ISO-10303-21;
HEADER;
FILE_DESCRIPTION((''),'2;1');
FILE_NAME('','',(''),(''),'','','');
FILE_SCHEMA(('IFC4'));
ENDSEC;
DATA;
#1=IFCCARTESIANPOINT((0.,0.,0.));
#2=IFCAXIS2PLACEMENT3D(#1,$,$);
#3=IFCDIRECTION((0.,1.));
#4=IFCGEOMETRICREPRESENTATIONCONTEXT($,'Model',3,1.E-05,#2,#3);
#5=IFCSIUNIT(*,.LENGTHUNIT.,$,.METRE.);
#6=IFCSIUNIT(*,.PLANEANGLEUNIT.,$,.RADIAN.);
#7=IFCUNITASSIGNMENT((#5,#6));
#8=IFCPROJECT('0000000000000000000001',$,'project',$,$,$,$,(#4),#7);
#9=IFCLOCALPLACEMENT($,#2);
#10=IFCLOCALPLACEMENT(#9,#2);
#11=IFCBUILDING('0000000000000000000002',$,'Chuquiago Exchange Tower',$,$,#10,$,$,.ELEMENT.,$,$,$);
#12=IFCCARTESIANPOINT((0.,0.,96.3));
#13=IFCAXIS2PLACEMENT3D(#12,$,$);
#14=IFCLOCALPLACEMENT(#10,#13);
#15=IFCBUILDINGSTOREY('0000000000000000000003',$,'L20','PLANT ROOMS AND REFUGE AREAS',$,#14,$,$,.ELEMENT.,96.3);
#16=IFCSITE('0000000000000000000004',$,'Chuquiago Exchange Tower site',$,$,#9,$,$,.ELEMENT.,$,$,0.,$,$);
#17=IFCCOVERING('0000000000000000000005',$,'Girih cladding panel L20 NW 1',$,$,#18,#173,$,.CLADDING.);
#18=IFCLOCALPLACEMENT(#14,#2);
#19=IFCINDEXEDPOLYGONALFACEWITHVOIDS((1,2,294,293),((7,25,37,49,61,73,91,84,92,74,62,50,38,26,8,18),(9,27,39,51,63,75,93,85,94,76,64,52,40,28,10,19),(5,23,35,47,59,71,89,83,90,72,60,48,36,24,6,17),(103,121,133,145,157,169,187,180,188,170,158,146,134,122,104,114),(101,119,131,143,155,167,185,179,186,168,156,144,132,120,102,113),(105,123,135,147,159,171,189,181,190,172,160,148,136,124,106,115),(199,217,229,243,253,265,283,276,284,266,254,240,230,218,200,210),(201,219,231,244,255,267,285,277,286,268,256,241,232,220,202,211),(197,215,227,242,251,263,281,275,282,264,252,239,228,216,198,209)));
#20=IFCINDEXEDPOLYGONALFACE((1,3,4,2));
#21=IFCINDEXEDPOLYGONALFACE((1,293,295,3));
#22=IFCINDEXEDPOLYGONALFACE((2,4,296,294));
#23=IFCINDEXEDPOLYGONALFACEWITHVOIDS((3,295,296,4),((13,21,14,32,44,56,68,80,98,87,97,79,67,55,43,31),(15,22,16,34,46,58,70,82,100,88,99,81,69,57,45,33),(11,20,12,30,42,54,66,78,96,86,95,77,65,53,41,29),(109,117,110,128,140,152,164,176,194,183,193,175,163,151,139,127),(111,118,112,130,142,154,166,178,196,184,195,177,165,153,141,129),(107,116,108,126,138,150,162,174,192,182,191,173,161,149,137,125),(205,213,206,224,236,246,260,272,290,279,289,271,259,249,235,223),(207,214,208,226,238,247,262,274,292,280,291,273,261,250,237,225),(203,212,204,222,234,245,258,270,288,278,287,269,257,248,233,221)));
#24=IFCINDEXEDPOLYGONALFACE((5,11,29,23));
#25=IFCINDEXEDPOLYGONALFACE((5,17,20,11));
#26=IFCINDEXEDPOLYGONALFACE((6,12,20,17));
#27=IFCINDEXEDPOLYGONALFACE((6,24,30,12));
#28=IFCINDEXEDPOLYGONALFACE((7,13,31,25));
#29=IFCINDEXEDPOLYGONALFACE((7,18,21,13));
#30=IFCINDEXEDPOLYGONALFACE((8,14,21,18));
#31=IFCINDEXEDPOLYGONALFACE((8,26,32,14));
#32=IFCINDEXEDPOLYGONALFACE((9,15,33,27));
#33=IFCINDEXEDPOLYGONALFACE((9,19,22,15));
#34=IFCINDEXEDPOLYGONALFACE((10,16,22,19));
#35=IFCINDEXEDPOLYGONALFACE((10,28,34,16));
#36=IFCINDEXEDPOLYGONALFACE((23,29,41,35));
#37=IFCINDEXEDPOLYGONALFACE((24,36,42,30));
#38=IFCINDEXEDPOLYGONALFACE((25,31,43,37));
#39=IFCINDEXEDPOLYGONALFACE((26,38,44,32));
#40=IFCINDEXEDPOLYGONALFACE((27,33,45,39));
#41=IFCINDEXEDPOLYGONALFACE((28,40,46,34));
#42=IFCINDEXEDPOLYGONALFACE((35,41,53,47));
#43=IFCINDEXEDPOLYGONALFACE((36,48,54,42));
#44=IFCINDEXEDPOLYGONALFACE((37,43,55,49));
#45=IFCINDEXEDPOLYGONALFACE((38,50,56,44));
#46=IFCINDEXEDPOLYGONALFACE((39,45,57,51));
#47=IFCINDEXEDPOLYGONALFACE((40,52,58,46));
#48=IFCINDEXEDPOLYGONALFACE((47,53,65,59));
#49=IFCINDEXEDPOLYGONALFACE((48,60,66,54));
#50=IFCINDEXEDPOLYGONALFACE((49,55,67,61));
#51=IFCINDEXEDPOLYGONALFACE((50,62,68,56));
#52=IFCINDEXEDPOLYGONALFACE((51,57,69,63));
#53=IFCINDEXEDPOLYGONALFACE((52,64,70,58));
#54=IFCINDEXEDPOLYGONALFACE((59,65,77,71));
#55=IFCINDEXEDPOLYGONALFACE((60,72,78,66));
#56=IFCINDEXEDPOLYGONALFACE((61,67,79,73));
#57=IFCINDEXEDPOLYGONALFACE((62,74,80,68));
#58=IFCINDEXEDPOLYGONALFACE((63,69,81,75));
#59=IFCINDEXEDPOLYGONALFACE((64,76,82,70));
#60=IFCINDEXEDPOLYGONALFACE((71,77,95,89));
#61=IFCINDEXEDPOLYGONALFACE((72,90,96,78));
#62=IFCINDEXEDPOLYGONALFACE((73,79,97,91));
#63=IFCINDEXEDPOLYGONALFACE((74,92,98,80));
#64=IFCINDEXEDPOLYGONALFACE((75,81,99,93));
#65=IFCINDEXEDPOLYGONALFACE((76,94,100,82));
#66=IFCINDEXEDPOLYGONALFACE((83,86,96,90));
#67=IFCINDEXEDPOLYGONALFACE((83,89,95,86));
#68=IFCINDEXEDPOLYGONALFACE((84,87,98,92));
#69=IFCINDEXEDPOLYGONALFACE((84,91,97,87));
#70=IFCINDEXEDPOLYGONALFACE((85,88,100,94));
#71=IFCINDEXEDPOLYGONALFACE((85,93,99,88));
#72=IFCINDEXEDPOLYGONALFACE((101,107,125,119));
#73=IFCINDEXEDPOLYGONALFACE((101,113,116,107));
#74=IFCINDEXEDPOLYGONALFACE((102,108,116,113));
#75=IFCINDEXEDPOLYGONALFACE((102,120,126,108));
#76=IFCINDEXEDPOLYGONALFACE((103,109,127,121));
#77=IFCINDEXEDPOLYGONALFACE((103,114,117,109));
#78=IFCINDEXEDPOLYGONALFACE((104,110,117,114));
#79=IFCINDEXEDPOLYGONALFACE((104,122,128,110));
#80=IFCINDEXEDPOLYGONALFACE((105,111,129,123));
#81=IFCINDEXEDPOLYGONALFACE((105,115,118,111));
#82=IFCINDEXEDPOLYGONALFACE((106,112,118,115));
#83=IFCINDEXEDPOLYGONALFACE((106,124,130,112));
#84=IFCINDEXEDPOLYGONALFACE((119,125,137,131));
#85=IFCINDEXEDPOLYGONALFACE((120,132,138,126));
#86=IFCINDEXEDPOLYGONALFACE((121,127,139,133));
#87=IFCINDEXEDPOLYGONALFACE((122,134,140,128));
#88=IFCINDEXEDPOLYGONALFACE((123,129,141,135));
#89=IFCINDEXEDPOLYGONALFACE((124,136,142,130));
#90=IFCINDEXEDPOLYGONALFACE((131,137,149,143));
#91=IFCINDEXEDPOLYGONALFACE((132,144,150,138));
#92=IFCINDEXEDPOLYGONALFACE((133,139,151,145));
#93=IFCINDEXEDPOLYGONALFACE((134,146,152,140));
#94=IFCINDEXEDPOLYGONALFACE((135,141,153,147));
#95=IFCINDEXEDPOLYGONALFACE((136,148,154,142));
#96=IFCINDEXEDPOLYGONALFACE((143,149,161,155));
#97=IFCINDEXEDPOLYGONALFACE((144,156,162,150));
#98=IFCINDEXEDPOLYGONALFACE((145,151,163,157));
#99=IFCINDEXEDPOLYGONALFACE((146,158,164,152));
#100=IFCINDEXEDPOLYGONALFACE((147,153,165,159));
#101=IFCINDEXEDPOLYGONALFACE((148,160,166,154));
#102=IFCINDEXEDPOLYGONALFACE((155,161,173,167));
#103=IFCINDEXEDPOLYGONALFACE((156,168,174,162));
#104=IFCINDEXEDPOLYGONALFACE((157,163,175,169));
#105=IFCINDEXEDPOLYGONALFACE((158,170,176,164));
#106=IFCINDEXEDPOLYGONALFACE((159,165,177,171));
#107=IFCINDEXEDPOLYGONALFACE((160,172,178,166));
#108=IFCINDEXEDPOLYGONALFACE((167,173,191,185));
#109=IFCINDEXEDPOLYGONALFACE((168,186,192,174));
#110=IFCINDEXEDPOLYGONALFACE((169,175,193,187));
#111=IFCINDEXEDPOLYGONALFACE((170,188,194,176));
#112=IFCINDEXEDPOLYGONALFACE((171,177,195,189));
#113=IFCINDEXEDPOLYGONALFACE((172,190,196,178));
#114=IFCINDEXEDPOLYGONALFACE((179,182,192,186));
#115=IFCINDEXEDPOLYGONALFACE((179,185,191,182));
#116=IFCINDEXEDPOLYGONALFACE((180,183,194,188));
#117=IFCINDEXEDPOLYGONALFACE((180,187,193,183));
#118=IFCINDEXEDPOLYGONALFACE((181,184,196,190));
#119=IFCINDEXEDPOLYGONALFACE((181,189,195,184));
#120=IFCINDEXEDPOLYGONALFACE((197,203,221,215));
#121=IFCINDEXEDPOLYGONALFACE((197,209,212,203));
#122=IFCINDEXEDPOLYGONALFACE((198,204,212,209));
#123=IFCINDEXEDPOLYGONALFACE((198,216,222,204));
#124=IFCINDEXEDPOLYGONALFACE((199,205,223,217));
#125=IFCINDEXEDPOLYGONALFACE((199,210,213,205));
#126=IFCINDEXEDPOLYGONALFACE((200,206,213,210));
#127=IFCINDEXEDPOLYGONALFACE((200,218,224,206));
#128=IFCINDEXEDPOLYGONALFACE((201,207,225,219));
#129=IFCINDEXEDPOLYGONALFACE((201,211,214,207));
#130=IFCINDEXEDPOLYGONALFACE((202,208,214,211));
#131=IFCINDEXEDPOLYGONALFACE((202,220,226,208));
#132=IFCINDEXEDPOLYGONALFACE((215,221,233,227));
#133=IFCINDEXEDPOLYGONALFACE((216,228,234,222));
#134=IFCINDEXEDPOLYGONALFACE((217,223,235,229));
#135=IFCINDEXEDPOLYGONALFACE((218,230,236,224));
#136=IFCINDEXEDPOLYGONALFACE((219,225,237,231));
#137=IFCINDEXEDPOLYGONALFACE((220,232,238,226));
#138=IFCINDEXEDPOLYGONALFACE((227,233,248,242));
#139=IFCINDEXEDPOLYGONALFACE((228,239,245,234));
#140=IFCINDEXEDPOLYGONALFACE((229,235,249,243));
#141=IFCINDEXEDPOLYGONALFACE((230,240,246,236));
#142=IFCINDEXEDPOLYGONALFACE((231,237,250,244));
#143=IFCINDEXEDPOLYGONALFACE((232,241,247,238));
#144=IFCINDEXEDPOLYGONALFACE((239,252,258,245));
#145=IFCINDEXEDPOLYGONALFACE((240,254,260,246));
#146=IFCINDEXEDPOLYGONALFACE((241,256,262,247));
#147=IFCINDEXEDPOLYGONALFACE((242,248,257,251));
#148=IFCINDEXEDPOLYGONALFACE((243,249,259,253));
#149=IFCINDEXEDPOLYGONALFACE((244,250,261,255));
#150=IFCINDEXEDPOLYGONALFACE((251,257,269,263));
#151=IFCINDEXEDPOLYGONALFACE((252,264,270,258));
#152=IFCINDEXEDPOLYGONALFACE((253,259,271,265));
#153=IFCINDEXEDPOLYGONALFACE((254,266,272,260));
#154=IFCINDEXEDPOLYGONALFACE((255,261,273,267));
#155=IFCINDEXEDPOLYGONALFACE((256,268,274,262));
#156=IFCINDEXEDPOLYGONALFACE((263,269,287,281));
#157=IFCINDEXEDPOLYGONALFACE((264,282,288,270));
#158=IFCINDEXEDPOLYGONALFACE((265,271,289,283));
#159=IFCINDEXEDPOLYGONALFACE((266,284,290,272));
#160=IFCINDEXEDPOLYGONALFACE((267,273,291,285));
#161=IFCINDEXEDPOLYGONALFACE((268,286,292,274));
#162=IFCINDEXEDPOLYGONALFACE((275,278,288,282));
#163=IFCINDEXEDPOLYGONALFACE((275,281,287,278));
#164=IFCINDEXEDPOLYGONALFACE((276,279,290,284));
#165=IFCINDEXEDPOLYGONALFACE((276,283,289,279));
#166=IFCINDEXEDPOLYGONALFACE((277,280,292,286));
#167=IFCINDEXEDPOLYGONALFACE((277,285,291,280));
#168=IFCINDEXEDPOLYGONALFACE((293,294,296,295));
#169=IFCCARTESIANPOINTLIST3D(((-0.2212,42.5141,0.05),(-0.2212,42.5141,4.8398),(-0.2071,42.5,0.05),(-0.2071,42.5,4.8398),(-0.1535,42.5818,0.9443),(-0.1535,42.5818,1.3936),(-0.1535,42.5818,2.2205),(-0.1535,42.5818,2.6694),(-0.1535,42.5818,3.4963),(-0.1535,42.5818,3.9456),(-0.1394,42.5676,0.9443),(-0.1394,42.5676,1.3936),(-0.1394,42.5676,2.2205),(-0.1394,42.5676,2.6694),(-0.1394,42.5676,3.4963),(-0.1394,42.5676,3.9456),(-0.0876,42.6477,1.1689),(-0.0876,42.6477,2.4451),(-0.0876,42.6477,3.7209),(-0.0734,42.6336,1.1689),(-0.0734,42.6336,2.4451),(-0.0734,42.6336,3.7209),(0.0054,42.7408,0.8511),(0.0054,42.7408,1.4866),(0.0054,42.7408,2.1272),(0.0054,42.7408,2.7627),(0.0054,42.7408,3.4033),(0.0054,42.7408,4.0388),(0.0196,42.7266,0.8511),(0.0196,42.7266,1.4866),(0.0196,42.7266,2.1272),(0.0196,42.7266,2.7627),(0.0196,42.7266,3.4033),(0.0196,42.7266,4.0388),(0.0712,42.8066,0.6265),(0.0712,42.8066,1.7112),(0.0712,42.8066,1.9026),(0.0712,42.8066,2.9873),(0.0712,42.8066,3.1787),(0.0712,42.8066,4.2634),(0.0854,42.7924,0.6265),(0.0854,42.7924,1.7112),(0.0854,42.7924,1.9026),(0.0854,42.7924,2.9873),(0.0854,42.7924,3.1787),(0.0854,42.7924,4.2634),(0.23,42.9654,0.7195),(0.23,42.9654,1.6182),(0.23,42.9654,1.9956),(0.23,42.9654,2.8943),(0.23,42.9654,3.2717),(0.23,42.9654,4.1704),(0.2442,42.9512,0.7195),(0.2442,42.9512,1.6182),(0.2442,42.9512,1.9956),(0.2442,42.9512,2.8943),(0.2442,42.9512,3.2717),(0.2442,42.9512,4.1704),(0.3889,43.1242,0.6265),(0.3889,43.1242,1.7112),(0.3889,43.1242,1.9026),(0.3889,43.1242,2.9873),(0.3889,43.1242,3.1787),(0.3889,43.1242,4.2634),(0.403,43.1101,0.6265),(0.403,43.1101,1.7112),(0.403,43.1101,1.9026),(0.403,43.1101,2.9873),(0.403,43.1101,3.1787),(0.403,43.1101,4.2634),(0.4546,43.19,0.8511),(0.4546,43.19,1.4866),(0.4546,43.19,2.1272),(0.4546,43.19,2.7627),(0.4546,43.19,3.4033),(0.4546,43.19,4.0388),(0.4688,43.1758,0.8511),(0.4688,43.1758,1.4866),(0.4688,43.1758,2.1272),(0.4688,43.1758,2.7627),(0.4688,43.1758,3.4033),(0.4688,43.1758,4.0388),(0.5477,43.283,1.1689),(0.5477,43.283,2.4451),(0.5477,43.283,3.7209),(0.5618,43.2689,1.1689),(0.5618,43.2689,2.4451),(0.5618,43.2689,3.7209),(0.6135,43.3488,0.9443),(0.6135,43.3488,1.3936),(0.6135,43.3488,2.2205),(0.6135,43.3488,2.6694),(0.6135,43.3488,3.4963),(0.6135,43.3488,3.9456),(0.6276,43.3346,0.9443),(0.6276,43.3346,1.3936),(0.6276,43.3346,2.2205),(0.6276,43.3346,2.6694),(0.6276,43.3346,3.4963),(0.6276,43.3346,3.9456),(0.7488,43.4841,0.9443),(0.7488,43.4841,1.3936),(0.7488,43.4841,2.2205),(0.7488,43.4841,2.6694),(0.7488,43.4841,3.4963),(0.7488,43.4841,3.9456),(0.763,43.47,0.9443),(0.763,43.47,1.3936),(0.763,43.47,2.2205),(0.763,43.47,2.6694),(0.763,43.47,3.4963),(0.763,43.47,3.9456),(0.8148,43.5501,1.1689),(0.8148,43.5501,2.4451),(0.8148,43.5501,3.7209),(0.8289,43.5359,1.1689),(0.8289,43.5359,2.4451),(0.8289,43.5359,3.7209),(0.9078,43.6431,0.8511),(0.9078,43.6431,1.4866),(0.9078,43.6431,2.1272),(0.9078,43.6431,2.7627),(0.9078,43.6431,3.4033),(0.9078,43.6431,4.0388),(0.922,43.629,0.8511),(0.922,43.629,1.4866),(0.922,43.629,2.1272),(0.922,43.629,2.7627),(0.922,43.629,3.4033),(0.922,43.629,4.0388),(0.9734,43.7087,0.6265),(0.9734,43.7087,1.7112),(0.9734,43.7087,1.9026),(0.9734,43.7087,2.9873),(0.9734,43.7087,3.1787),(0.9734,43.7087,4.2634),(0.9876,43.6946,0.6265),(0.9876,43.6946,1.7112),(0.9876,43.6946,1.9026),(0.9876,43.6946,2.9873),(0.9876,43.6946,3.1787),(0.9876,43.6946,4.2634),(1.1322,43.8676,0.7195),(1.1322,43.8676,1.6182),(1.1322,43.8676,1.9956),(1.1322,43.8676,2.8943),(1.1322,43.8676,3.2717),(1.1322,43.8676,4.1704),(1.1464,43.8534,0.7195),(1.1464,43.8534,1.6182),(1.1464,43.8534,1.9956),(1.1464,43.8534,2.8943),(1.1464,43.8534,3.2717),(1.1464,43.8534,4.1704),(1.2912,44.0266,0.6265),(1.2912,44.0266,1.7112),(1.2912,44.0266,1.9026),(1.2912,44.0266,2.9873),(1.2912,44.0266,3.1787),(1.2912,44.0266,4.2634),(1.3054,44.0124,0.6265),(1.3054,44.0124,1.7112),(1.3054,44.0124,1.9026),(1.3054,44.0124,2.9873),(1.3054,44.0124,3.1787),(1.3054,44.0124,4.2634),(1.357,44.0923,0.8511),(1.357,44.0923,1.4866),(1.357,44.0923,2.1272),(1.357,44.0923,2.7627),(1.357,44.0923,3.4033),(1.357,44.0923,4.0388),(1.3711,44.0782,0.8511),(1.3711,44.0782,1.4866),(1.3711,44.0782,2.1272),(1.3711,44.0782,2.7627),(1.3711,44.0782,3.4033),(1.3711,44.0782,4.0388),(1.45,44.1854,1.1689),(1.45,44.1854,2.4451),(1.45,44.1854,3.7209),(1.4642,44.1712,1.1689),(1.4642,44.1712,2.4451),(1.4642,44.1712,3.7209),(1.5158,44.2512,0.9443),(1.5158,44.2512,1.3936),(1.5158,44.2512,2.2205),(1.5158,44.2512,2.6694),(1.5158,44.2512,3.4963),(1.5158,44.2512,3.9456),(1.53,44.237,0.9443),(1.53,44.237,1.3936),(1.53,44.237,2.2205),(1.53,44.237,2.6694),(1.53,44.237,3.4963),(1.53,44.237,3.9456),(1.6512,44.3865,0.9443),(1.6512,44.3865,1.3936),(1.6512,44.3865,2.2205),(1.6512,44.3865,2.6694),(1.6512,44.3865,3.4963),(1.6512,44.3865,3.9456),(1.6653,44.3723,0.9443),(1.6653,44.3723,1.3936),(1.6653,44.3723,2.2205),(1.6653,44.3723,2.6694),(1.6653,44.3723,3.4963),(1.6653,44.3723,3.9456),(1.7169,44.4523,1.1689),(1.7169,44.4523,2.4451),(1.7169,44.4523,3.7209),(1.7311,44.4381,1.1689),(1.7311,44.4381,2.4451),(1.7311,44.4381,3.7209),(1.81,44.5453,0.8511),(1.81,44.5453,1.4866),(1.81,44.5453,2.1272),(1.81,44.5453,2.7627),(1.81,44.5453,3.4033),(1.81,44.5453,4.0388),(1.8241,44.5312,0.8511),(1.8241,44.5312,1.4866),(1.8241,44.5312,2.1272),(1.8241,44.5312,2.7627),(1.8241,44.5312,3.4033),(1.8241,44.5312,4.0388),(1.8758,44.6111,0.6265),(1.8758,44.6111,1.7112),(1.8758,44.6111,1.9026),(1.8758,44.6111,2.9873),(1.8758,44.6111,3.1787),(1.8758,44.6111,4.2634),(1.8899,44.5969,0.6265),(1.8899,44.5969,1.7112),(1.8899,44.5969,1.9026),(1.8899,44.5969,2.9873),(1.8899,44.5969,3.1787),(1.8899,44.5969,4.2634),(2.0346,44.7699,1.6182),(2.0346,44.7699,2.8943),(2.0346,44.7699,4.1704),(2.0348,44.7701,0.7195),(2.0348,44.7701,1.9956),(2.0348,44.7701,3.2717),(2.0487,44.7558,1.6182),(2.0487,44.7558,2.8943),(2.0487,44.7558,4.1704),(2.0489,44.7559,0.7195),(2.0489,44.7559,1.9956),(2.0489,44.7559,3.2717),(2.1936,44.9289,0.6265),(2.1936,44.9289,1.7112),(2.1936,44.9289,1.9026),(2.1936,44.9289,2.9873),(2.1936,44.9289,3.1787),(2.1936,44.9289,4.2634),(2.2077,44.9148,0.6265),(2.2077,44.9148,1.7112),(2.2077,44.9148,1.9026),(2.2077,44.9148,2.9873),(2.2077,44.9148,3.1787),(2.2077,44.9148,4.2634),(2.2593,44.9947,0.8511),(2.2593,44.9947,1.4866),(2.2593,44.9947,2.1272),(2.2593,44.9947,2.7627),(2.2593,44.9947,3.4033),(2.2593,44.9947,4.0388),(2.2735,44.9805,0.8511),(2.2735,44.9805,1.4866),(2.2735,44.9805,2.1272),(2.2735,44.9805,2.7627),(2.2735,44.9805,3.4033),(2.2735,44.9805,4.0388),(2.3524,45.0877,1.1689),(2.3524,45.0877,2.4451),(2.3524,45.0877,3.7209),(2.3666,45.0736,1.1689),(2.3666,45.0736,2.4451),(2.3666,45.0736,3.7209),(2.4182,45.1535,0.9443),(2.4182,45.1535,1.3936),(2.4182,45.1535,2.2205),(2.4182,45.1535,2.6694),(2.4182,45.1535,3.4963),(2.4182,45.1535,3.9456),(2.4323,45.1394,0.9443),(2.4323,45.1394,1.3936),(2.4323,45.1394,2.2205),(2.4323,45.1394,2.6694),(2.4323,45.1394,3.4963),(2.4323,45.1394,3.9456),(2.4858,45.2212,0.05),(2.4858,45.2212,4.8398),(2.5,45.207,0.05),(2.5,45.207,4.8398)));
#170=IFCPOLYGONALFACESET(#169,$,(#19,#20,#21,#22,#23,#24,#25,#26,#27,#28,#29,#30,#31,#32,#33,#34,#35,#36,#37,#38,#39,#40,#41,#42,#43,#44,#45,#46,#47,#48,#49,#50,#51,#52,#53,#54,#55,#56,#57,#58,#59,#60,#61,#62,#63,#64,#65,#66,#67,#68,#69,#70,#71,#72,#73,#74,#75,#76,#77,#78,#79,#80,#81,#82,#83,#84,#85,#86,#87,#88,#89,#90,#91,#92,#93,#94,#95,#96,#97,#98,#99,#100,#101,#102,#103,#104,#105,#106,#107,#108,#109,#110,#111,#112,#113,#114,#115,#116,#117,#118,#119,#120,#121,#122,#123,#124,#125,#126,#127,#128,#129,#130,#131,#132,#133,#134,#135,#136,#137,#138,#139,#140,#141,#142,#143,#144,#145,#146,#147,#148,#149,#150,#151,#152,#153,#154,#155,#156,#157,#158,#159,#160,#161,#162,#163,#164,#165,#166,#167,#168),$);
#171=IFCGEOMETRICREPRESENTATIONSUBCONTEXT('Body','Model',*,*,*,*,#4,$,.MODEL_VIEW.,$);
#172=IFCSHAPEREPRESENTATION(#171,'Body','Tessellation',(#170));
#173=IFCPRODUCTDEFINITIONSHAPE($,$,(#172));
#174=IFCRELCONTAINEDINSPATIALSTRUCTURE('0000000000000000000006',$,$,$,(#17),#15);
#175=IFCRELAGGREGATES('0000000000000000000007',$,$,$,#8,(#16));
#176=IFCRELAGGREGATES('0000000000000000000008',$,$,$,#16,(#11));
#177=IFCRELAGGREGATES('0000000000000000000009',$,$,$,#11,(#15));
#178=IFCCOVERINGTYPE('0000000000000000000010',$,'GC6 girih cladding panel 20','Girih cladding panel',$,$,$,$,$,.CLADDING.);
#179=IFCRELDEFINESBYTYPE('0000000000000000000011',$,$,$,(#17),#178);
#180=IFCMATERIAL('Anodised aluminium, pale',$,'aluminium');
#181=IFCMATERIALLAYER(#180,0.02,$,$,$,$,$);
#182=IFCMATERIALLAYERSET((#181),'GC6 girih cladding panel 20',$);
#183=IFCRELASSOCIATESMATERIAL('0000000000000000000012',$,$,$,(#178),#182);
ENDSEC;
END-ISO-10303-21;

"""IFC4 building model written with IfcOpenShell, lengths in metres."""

from ifc_helpers import new_model, si_unit, direction, frame, origin, place, context, subcontext, project, spatial, polyline, outline, extrude, material, layer, layer_set, type_object, element, save


model = new_model("IFC4")

# Units and contexts
model_context = context("Model", 3, precision=1e-05, world=origin(), true_north=direction((0.0, 1.0)))
body_context = subcontext(model_context, "Body", "Model", "MODEL_VIEW")
ifc_project = project(units=[si_unit("LENGTHUNIT", "METRE"), si_unit("PLANEANGLEUNIT", "RADIAN")], contexts=[model_context])

# Site, building, storey
site_placement = place(None, origin())
site = spatial("IfcSite", under=ifc_project, at=site_placement, Name="Chuquiago Exchange Tower site", CompositionType="ELEMENT", RefElevation=0.0)
building_placement = place(site_placement, origin())
building = spatial("IfcBuilding", under=site, at=building_placement, Name="Chuquiago Exchange Tower", CompositionType="ELEMENT")
storey_placement = place(building_placement, frame((0.0, 0.0, 96.3)))
storey = spatial("IfcBuildingStorey", under=building, at=storey_placement, Name="L20", Description="PLANT ROOMS AND REFUGE AREAS", CompositionType="ELEMENT", Elevation=96.3)

# Covering
ifc_material_1 = material(Name="Anodised aluminium, pale", Category="aluminium")
ifc_layer_1 = layer(ifc_material_1, 0.02)
ifc_layer_set_1 = layer_set([ifc_layer_1], Name="GC6 girih cladding panel 20")
covering_type_1 = type_object("IfcCoveringType", Name="GC6 girih cladding panel 20", Description="Girih cladding panel", PredefinedType="CLADDING", material=ifc_layer_set_1)
covering_1_placement = place(storey_placement, frame((2.5, 45.207, 0.05), z_axis=(0.0, 0.0, 1.0), x_axis=(-0.707107, -0.707107, 0.0)))
element("IfcCovering", 1, at=covering_1_placement, inside=storey, type_object=covering_type_1, Name="Girih cladding panel L20 NW 1", PredefinedType="CLADDING", context=body_context, shape_type="SweptSolid", body=[
    extrude(outline(polyline([(0.0, 0.0), (3.8284, 0.0), (3.8284, 4.7898), (0.0, 4.7898), (0.0, 0.0)]), holes=[polyline([(1.0874, 1.1189), (1.1804, 1.3435), (0.9558, 1.4365), (0.8628, 1.6611), (0.6382, 1.5681), (0.4133, 1.6611), (0.3203, 1.4365), (0.0957, 1.3435), (0.1887, 1.1189), (0.0957, 0.8943), (0.3203, 0.801), (0.4133, 0.5764), (0.6379, 0.6694), (0.8628, 0.5764), (0.9558, 0.801), (1.1804, 0.8943), (1.0874, 1.1189)]), polyline([(2.3633, 1.1189), (2.4565, 1.3435), (2.2317, 1.4365), (2.1389, 1.6611), (1.9143, 1.5681), (1.6895, 1.6611), (1.5964, 1.4365), (1.3718, 1.3435), (1.4648, 1.1189), (1.3718, 0.8943), (1.5964, 0.801), (1.6895, 0.5764), (1.9143, 0.6694), (2.1389, 0.5764), (2.2317, 0.801), (2.4565, 0.8943), (2.3633, 1.1189)]), polyline([(3.6394, 1.1189), (3.7327, 1.3435), (3.5078, 1.4365), (3.4148, 1.6611), (3.1902, 1.5681), (2.9656, 1.6611), (2.8726, 1.4365), (2.6479, 1.3435), (2.741, 1.1189), (2.6479, 0.8943), (2.8726, 0.801), (2.9656, 0.5764), (3.1902, 0.6694), (3.4148, 0.5764), (3.5078, 0.801), (3.7327, 0.8943), (3.6394, 1.1189)]), polyline([(1.0874, 2.395), (1.1804, 2.6194), (0.9558, 2.7126), (0.8628, 2.9373), (0.6382, 2.8442), (0.4133, 2.9373), (0.3203, 2.7126), (0.0957, 2.6194), (0.1887, 2.395), (0.0957, 2.1704), (0.3203, 2.0771), (0.4133, 1.8525), (0.6379, 1.9456), (0.8628, 1.8525), (0.9558, 2.0771), (1.1804, 2.1704), (1.0874, 2.395)]), polyline([(2.3633, 2.395), (2.4565, 2.6194), (2.2317, 2.7126), (2.1389, 2.9373), (1.9143, 2.8442), (1.6895, 2.9373), (1.5964, 2.7126), (1.3718, 2.6194), (1.4648, 2.395), (1.3718, 2.1704), (1.5964, 2.0771), (1.6895, 1.8525), (1.9143, 1.9456), (2.1389, 1.8525), (2.2317, 2.0771), (2.4565, 2.1704), (2.3633, 2.395)]), polyline([(3.6394, 2.395), (3.7327, 2.6194), (3.5078, 2.7126), (3.4148, 2.9373), (3.1902, 2.8442), (2.9656, 2.9373), (2.8726, 2.7126), (2.6479, 2.6194), (2.741, 2.395), (2.6479, 2.1704), (2.8726, 2.0771), (2.9656, 1.8525), (3.1902, 1.9456), (3.4148, 1.8525), (3.5078, 2.0771), (3.7327, 2.1704), (3.6394, 2.395)]), polyline([(1.0874, 3.6709), (1.1804, 3.8955), (0.9558, 3.9888), (0.8628, 4.2134), (0.6382, 4.1204), (0.4133, 4.2134), (0.3203, 3.9888), (0.0957, 3.8955), (0.1887, 3.6709), (0.0957, 3.4463), (0.3203, 3.3533), (0.4133, 3.1287), (0.6379, 3.2217), (0.8628, 3.1287), (0.9558, 3.3533), (1.1804, 3.4463), (1.0874, 3.6709)]), polyline([(2.3633, 3.6709), (2.4565, 3.8955), (2.2317, 3.9888), (2.1389, 4.2134), (1.9143, 4.1204), (1.6895, 4.2134), (1.5964, 3.9888), (1.3718, 3.8955), (1.4648, 3.6709), (1.3718, 3.4463), (1.5964, 3.3533), (1.6895, 3.1287), (1.9143, 3.2217), (2.1389, 3.1287), (2.2317, 3.3533), (2.4565, 3.4463), (2.3633, 3.6709)]), polyline([(3.6394, 3.6709), (3.7327, 3.8955), (3.5078, 3.9888), (3.4148, 4.2134), (3.1902, 4.1204), (2.9656, 4.2134), (2.8726, 3.9888), (2.6479, 3.8955), (2.741, 3.6709), (2.6479, 3.4463), (2.8726, 3.3533), (2.9656, 3.1287), (3.1902, 3.2217), (3.4148, 3.1287), (3.5078, 3.3533), (3.7327, 3.4463), (3.6394, 3.6709)])]), frame((0.0, 0.0, 0.0), z_axis=(0.0, -1.0, 0.0), x_axis=(1.0, 0.0, 0.0)), (0.0, 0.0, 1.0), 0.02),
])

save(model, "model.ifc")
